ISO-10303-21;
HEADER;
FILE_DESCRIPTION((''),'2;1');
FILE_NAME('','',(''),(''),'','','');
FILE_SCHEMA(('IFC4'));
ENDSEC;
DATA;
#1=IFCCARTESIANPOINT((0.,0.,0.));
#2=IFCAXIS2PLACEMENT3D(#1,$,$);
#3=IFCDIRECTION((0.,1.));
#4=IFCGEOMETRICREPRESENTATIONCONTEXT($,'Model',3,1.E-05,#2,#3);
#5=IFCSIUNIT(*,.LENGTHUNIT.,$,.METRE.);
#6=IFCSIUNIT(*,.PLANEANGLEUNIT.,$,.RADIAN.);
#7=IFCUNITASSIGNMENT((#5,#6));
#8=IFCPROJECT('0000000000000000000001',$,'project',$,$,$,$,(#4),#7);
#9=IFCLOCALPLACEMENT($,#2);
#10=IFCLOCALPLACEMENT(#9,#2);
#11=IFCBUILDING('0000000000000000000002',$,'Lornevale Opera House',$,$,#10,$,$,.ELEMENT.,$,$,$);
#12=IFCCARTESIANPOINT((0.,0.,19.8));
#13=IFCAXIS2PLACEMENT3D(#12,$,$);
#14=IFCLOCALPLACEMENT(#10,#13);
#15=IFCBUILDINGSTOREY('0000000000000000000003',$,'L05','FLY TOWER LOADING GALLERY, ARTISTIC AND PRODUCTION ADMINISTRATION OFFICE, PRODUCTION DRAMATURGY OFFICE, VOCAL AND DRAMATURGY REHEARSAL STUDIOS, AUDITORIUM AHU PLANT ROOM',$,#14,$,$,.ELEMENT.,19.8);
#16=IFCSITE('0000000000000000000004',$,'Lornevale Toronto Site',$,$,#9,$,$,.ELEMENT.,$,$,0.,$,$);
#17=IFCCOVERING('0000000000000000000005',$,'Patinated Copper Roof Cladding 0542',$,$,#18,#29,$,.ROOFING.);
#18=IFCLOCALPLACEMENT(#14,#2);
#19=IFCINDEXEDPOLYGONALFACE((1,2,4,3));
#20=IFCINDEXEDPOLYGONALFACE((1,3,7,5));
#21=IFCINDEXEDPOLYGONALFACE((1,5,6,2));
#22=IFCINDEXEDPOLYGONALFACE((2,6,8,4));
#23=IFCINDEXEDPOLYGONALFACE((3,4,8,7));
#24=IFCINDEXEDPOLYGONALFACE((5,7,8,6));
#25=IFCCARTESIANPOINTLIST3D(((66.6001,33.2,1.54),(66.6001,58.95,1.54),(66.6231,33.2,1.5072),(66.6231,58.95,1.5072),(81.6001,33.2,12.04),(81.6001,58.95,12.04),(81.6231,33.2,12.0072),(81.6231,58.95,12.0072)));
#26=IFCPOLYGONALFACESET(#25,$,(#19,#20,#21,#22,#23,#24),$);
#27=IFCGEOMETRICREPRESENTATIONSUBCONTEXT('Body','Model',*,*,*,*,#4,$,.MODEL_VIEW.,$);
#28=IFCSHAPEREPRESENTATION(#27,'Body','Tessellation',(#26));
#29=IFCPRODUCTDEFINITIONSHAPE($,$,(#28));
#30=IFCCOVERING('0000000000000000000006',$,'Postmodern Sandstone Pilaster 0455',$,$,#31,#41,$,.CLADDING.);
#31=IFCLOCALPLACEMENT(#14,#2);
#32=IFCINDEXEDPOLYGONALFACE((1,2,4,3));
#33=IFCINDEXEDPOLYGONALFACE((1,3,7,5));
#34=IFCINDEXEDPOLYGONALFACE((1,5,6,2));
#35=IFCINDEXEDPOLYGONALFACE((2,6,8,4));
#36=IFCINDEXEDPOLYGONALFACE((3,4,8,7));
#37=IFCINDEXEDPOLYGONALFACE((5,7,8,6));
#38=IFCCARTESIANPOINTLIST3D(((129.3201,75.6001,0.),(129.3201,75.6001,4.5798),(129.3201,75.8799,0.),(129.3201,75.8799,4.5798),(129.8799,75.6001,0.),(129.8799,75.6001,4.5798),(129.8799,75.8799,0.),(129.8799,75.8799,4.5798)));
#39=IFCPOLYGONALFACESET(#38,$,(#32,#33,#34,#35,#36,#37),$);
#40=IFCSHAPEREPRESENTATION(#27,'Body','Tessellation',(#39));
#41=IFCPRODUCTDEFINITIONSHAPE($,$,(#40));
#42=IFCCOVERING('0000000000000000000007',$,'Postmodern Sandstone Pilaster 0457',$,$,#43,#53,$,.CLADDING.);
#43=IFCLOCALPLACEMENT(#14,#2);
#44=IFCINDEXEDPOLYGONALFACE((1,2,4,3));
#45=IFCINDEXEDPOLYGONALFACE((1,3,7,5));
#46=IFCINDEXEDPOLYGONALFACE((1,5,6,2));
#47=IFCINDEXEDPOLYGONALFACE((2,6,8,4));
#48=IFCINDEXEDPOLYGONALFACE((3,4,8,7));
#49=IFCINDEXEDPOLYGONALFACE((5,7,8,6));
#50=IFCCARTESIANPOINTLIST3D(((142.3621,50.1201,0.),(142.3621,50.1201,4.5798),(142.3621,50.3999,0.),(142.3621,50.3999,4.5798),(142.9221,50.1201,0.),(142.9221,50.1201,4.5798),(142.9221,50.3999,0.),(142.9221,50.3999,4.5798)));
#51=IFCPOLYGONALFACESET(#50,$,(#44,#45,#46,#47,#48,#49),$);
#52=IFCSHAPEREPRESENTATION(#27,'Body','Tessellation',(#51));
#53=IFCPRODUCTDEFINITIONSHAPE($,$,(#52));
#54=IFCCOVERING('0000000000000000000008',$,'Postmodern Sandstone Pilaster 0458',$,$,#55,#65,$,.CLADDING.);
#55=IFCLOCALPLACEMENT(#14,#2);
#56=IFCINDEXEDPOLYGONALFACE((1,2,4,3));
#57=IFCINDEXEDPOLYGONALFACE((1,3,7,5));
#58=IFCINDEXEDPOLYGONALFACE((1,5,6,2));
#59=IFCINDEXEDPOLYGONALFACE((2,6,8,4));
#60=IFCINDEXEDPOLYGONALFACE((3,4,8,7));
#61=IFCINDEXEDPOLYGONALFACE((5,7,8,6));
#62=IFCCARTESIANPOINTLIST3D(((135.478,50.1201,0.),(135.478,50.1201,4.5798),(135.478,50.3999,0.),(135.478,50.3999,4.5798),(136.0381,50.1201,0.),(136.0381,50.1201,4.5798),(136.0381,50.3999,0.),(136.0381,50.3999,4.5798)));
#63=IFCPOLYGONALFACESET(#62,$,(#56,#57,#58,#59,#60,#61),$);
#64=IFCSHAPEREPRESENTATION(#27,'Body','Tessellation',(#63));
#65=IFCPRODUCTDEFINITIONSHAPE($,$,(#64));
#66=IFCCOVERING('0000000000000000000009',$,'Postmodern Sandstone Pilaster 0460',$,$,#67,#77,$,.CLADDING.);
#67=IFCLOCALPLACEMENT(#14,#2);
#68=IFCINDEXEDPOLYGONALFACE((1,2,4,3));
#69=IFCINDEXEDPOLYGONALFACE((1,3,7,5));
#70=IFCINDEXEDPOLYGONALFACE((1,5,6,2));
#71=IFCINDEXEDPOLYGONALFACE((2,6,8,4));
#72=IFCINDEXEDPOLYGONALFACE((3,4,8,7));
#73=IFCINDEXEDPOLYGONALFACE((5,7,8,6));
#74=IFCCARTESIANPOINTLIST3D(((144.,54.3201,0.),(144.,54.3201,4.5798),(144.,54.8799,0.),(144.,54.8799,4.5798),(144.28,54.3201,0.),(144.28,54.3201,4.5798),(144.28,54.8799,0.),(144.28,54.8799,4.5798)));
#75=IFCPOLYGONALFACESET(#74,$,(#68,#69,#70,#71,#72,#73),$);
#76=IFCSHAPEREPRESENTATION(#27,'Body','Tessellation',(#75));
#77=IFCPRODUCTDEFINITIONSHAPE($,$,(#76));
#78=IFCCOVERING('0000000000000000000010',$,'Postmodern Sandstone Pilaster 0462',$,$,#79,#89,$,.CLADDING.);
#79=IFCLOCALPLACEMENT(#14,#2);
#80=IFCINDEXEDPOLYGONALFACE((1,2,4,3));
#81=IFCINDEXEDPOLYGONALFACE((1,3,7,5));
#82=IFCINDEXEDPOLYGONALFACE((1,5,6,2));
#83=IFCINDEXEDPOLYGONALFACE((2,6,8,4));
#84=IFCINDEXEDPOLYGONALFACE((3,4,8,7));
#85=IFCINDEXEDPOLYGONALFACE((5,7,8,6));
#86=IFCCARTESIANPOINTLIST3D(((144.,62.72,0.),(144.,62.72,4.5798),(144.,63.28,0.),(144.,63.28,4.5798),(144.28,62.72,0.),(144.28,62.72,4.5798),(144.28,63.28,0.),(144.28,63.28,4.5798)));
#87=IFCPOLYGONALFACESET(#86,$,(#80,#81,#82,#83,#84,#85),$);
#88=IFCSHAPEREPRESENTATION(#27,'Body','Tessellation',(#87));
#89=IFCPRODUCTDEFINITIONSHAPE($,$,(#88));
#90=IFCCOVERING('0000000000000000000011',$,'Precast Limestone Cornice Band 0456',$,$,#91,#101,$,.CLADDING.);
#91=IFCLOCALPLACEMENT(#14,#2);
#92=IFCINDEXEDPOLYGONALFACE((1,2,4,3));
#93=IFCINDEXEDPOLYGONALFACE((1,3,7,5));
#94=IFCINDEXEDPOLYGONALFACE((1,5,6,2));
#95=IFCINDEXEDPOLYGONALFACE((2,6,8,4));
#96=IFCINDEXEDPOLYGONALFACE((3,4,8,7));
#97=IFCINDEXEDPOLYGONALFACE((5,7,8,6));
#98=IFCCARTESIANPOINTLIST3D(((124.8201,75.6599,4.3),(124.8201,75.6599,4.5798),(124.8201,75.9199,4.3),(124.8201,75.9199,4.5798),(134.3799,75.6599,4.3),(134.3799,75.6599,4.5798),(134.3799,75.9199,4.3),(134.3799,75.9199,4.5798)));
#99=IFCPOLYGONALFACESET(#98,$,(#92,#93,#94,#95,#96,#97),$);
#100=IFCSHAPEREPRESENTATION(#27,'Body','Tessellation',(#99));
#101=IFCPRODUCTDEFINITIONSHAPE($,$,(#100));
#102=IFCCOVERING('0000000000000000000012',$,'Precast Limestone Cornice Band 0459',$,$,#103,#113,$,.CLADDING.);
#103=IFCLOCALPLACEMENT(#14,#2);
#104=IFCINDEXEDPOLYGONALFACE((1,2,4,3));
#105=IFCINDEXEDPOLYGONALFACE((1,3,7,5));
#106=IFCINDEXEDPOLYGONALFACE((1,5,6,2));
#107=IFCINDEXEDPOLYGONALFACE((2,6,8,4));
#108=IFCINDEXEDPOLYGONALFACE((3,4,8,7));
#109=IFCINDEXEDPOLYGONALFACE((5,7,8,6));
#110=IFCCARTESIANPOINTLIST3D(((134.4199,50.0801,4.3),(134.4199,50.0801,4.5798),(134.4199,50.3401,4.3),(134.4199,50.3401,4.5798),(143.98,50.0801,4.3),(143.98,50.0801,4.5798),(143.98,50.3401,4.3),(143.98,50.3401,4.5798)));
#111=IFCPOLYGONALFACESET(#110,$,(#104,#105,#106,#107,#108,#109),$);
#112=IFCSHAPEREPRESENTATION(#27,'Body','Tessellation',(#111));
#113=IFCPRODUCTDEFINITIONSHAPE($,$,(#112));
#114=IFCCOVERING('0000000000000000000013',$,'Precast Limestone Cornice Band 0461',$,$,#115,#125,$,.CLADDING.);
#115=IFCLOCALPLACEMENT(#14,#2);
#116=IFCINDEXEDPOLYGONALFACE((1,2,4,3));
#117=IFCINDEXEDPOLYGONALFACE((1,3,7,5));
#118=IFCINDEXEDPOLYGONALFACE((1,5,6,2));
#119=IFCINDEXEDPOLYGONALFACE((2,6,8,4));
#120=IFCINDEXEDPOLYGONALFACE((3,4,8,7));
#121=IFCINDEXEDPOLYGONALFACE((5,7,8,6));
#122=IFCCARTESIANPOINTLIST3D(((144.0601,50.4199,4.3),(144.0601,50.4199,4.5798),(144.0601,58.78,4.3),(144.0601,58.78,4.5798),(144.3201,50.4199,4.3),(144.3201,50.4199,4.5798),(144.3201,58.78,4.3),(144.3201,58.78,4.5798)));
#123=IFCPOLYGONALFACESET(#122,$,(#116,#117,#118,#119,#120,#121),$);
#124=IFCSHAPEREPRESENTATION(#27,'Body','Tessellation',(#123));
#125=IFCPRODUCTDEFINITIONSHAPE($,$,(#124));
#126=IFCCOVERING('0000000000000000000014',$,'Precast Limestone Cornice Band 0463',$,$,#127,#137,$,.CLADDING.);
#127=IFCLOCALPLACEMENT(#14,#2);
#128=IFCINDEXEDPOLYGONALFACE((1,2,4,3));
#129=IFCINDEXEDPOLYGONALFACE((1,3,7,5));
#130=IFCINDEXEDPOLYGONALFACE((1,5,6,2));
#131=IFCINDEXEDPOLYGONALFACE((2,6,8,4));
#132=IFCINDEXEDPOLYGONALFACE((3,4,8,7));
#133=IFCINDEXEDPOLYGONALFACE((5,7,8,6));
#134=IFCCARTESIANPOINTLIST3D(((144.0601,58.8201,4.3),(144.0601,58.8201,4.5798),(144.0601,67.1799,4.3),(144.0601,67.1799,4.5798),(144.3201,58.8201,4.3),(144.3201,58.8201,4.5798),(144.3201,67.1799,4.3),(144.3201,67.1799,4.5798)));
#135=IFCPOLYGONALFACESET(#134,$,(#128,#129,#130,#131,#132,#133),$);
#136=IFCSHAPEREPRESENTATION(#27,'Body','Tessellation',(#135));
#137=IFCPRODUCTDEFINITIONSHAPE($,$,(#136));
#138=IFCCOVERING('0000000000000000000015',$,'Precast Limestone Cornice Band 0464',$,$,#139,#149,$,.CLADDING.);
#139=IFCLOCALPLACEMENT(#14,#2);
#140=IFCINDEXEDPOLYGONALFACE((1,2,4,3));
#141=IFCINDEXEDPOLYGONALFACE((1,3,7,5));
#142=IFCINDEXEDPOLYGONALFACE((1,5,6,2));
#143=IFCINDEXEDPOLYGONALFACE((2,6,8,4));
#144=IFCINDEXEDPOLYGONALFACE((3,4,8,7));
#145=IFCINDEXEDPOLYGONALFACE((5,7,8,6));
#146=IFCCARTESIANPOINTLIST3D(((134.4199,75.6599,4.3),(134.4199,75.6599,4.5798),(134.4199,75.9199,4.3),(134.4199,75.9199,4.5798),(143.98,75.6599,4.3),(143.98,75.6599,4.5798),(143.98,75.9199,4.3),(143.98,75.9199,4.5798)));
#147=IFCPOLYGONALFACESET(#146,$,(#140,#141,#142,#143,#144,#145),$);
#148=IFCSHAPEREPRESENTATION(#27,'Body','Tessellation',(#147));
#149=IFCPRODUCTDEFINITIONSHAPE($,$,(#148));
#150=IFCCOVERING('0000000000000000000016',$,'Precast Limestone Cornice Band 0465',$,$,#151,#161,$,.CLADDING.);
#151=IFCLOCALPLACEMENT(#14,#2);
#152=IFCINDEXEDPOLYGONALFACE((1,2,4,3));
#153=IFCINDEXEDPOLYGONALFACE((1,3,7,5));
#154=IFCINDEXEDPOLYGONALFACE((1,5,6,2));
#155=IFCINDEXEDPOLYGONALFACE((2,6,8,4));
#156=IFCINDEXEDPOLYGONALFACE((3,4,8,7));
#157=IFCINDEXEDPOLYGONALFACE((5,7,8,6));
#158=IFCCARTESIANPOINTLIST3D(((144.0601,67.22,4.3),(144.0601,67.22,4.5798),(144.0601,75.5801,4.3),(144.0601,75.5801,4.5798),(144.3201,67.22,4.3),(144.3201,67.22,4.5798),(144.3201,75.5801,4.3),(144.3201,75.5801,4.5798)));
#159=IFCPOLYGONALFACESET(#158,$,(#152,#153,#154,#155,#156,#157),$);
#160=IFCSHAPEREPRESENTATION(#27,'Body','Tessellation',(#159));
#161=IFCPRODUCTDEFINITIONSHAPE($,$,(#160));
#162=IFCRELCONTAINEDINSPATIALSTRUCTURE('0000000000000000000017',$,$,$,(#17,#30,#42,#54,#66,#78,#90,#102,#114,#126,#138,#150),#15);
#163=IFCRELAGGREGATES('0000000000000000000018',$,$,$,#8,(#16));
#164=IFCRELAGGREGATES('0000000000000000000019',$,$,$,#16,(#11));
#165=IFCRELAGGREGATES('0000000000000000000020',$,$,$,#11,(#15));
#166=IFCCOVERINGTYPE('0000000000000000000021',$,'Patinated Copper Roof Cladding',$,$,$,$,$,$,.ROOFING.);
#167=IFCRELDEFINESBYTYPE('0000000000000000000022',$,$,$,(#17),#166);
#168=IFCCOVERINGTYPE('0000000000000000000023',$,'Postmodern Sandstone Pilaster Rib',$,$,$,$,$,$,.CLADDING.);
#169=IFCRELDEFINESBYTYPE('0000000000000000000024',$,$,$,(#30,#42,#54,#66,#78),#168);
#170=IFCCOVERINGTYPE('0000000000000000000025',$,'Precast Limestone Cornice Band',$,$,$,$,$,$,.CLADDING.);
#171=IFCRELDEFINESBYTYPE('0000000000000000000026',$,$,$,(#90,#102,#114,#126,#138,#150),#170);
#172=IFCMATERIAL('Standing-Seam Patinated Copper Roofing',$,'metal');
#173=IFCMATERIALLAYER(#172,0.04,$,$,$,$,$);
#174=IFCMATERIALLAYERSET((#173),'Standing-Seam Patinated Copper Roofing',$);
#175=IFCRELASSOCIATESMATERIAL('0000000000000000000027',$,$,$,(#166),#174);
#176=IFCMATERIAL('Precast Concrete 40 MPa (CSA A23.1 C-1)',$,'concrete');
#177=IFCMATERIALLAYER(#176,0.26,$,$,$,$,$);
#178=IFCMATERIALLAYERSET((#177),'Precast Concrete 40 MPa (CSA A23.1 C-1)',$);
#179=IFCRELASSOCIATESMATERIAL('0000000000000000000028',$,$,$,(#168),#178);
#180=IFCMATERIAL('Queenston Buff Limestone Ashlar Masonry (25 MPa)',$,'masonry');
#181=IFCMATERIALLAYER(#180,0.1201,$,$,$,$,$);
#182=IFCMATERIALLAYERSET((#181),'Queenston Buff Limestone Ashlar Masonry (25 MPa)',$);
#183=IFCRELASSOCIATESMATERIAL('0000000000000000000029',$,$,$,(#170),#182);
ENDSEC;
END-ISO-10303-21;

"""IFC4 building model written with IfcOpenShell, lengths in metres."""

from ifc_helpers import new_model, si_unit, direction, frame, origin, place, context, subcontext, project, spatial, polyline, outline, extrude, material, layer, layer_set, type_object, element, save


model = new_model("IFC4")

# Units and contexts
model_context = context("Model", 3, precision=1e-05, world=origin(), true_north=direction((0.0, 1.0)))
body_context = subcontext(model_context, "Body", "Model", "MODEL_VIEW")
ifc_project = project(units=[si_unit("LENGTHUNIT", "METRE"), si_unit("PLANEANGLEUNIT", "RADIAN")], contexts=[model_context])

# Site, building, storey
site_placement = place(None, origin())
site = spatial("IfcSite", under=ifc_project, at=site_placement, Name="Lornevale Toronto Site", CompositionType="ELEMENT", RefElevation=0.0)
building_placement = place(site_placement, origin())
building = spatial("IfcBuilding", under=site, at=building_placement, Name="Lornevale Opera House", CompositionType="ELEMENT")
storey_placement = place(building_placement, frame((0.0, 0.0, 19.8)))
storey = spatial("IfcBuildingStorey", under=building, at=storey_placement, Name="L05", Description="FLY TOWER LOADING GALLERY, ARTISTIC AND PRODUCTION ADMINISTRATION OFFICE, PRODUCTION DRAMATURGY OFFICE, VOCAL AND DRAMATURGY REHEARSAL STUDIOS, AUDITORIUM AHU PLANT ROOM", CompositionType="ELEMENT", Elevation=19.8)

# Shared definitions
ifc_material_1 = material(Name="Standing-Seam Patinated Copper Roofing", Category="metal")

# Coverings
ifc_layer_1 = layer(ifc_material_1, 0.04)
ifc_layer_set_1 = layer_set([ifc_layer_1], Name="Standing-Seam Patinated Copper Roofing")
covering_type_1 = type_object("IfcCoveringType", Name="Patinated Copper Roof Cladding", PredefinedType="ROOFING", material=ifc_layer_set_1)
covering_1_placement = place(storey_placement, frame((66.6001, 33.2, 1.54), z_axis=(-0.573462, 0.0, 0.819232), x_axis=(0.819232, 0.0, 0.573462)))
element("IfcCovering", 1, at=covering_1_placement, inside=storey, type_object=covering_type_1, Name="Patinated Copper Roof Cladding 0542", PredefinedType="ROOFING", context=body_context, shape_type="SweptSolid", body=[
    extrude(outline(polyline([(0.0, 0.0), (18.3098, 0.0), (18.3098, 25.75), (0.0, 25.75), (0.0, 0.0)])), origin(), (0.0, 0.0, -1.0), 0.04),
])
ifc_material_2 = material(Name="Precast Concrete 40 MPa (CSA A23.1 C-1)", Category="concrete")
ifc_layer_2 = layer(ifc_material_2, 0.26)
ifc_layer_set_2 = layer_set([ifc_layer_2], Name="Precast Concrete 40 MPa (CSA A23.1 C-1)")
covering_type_2 = type_object("IfcCoveringType", Name="Postmodern Sandstone Pilaster Rib", PredefinedType="CLADDING", material=ifc_layer_set_2)
covering_2_placement = place(storey_placement, origin())
element("IfcCovering", 2, at=covering_2_placement, inside=storey, type_object=covering_type_2, Name="Postmodern Sandstone Pilaster 0455", PredefinedType="CLADDING", context=body_context, shape_type="SweptSolid", body=[
    extrude(outline(polyline([(129.3201, 75.6001), (129.8799, 75.6001), (129.8799, 75.8799), (129.3201, 75.8799), (129.3201, 75.6001)])), origin(), (0.0, 0.0, 1.0), 4.5798),
])
covering_3_placement = place(storey_placement, origin())
element("IfcCovering", 3, at=covering_3_placement, inside=storey, type_object=covering_type_2, Name="Postmodern Sandstone Pilaster 0457", PredefinedType="CLADDING", context=body_context, shape_type="SweptSolid", body=[
    extrude(outline(polyline([(142.9221, 50.3999), (142.3621, 50.3999), (142.3621, 50.1201), (142.9221, 50.1201), (142.9221, 50.3999)])), origin(), (0.0, 0.0, 1.0), 4.5798),
])
covering_4_placement = place(storey_placement, origin())
element("IfcCovering", 4, at=covering_4_placement, inside=storey, type_object=covering_type_2, Name="Postmodern Sandstone Pilaster 0458", PredefinedType="CLADDING", context=body_context, shape_type="SweptSolid", body=[
    extrude(outline(polyline([(136.0381, 50.3999), (135.478, 50.3999), (135.478, 50.1201), (136.0381, 50.1201), (136.0381, 50.3999)])), origin(), (0.0, 0.0, 1.0), 4.5798),
])
covering_5_placement = place(storey_placement, origin())
element("IfcCovering", 5, at=covering_5_placement, inside=storey, type_object=covering_type_2, Name="Postmodern Sandstone Pilaster 0460", PredefinedType="CLADDING", context=body_context, shape_type="SweptSolid", body=[
    extrude(outline(polyline([(144.0, 54.8799), (144.0, 54.3201), (144.28, 54.3201), (144.28, 54.8799), (144.0, 54.8799)])), origin(), (0.0, 0.0, 1.0), 4.5798),
])
covering_6_placement = place(storey_placement, origin())
element("IfcCovering", 6, at=covering_6_placement, inside=storey, type_object=covering_type_2, Name="Postmodern Sandstone Pilaster 0462", PredefinedType="CLADDING", context=body_context, shape_type="SweptSolid", body=[
    extrude(outline(polyline([(144.0, 63.28), (144.0, 62.72), (144.28, 62.72), (144.28, 63.28), (144.0, 63.28)])), origin(), (0.0, 0.0, 1.0), 4.5798),
])
ifc_material_3 = material(Name="Queenston Buff Limestone Ashlar Masonry (25 MPa)", Category="masonry")
ifc_layer_3 = layer(ifc_material_3, 0.1201)
ifc_layer_set_3 = layer_set([ifc_layer_3], Name="Queenston Buff Limestone Ashlar Masonry (25 MPa)")
covering_type_3 = type_object("IfcCoveringType", Name="Precast Limestone Cornice Band", PredefinedType="CLADDING", material=ifc_layer_set_3)
covering_7_placement = place(storey_placement, frame((0.0, 0.0, 4.3)))
element("IfcCovering", 7, at=covering_7_placement, inside=storey, type_object=covering_type_3, Name="Precast Limestone Cornice Band 0456", PredefinedType="CLADDING", context=body_context, shape_type="SweptSolid", body=[
    extrude(outline(polyline([(124.8201, 75.6599), (134.3799, 75.6599), (134.3799, 75.9199), (124.8201, 75.9199), (124.8201, 75.6599)])), origin(), (0.0, 0.0, 1.0), 0.2798),
])
covering_8_placement = place(storey_placement, frame((0.0, 0.0, 4.3)))
element("IfcCovering", 8, at=covering_8_placement, inside=storey, type_object=covering_type_3, Name="Precast Limestone Cornice Band 0459", PredefinedType="CLADDING", context=body_context, shape_type="SweptSolid", body=[
    extrude(outline(polyline([(143.98, 50.3401), (134.4199, 50.3401), (134.4199, 50.0801), (143.98, 50.0801), (143.98, 50.3401)])), origin(), (0.0, 0.0, 1.0), 0.2798),
])
covering_9_placement = place(storey_placement, frame((0.0, 0.0, 4.3)))
element("IfcCovering", 9, at=covering_9_placement, inside=storey, type_object=covering_type_3, Name="Precast Limestone Cornice Band 0461", PredefinedType="CLADDING", context=body_context, shape_type="SweptSolid", body=[
    extrude(outline(polyline([(144.0601, 58.78), (144.0601, 50.4199), (144.3201, 50.4199), (144.3201, 58.78), (144.0601, 58.78)])), origin(), (0.0, 0.0, 1.0), 0.2798),
])
covering_10_placement = place(storey_placement, frame((0.0, 0.0, 4.3)))
element("IfcCovering", 10, at=covering_10_placement, inside=storey, type_object=covering_type_3, Name="Precast Limestone Cornice Band 0463", PredefinedType="CLADDING", context=body_context, shape_type="SweptSolid", body=[
    extrude(outline(polyline([(144.0601, 67.1799), (144.0601, 58.8201), (144.3201, 58.8201), (144.3201, 67.1799), (144.0601, 67.1799)])), origin(), (0.0, 0.0, 1.0), 0.2798),
])
covering_11_placement = place(storey_placement, frame((0.0, 0.0, 4.3)))
element("IfcCovering", 11, at=covering_11_placement, inside=storey, type_object=covering_type_3, Name="Precast Limestone Cornice Band 0464", PredefinedType="CLADDING", context=body_context, shape_type="SweptSolid", body=[
    extrude(outline(polyline([(134.4199, 75.6599), (143.98, 75.6599), (143.98, 75.9199), (134.4199, 75.9199), (134.4199, 75.6599)])), origin(), (0.0, 0.0, 1.0), 0.2798),
])
covering_12_placement = place(storey_placement, frame((0.0, 0.0, 4.3)))
element("IfcCovering", 12, at=covering_12_placement, inside=storey, type_object=covering_type_3, Name="Precast Limestone Cornice Band 0465", PredefinedType="CLADDING", context=body_context, shape_type="SweptSolid", body=[
    extrude(outline(polyline([(144.0601, 75.5801), (144.0601, 67.22), (144.3201, 67.22), (144.3201, 75.5801), (144.0601, 75.5801)])), origin(), (0.0, 0.0, 1.0), 0.2798),
])

save(model, "model.ifc")
